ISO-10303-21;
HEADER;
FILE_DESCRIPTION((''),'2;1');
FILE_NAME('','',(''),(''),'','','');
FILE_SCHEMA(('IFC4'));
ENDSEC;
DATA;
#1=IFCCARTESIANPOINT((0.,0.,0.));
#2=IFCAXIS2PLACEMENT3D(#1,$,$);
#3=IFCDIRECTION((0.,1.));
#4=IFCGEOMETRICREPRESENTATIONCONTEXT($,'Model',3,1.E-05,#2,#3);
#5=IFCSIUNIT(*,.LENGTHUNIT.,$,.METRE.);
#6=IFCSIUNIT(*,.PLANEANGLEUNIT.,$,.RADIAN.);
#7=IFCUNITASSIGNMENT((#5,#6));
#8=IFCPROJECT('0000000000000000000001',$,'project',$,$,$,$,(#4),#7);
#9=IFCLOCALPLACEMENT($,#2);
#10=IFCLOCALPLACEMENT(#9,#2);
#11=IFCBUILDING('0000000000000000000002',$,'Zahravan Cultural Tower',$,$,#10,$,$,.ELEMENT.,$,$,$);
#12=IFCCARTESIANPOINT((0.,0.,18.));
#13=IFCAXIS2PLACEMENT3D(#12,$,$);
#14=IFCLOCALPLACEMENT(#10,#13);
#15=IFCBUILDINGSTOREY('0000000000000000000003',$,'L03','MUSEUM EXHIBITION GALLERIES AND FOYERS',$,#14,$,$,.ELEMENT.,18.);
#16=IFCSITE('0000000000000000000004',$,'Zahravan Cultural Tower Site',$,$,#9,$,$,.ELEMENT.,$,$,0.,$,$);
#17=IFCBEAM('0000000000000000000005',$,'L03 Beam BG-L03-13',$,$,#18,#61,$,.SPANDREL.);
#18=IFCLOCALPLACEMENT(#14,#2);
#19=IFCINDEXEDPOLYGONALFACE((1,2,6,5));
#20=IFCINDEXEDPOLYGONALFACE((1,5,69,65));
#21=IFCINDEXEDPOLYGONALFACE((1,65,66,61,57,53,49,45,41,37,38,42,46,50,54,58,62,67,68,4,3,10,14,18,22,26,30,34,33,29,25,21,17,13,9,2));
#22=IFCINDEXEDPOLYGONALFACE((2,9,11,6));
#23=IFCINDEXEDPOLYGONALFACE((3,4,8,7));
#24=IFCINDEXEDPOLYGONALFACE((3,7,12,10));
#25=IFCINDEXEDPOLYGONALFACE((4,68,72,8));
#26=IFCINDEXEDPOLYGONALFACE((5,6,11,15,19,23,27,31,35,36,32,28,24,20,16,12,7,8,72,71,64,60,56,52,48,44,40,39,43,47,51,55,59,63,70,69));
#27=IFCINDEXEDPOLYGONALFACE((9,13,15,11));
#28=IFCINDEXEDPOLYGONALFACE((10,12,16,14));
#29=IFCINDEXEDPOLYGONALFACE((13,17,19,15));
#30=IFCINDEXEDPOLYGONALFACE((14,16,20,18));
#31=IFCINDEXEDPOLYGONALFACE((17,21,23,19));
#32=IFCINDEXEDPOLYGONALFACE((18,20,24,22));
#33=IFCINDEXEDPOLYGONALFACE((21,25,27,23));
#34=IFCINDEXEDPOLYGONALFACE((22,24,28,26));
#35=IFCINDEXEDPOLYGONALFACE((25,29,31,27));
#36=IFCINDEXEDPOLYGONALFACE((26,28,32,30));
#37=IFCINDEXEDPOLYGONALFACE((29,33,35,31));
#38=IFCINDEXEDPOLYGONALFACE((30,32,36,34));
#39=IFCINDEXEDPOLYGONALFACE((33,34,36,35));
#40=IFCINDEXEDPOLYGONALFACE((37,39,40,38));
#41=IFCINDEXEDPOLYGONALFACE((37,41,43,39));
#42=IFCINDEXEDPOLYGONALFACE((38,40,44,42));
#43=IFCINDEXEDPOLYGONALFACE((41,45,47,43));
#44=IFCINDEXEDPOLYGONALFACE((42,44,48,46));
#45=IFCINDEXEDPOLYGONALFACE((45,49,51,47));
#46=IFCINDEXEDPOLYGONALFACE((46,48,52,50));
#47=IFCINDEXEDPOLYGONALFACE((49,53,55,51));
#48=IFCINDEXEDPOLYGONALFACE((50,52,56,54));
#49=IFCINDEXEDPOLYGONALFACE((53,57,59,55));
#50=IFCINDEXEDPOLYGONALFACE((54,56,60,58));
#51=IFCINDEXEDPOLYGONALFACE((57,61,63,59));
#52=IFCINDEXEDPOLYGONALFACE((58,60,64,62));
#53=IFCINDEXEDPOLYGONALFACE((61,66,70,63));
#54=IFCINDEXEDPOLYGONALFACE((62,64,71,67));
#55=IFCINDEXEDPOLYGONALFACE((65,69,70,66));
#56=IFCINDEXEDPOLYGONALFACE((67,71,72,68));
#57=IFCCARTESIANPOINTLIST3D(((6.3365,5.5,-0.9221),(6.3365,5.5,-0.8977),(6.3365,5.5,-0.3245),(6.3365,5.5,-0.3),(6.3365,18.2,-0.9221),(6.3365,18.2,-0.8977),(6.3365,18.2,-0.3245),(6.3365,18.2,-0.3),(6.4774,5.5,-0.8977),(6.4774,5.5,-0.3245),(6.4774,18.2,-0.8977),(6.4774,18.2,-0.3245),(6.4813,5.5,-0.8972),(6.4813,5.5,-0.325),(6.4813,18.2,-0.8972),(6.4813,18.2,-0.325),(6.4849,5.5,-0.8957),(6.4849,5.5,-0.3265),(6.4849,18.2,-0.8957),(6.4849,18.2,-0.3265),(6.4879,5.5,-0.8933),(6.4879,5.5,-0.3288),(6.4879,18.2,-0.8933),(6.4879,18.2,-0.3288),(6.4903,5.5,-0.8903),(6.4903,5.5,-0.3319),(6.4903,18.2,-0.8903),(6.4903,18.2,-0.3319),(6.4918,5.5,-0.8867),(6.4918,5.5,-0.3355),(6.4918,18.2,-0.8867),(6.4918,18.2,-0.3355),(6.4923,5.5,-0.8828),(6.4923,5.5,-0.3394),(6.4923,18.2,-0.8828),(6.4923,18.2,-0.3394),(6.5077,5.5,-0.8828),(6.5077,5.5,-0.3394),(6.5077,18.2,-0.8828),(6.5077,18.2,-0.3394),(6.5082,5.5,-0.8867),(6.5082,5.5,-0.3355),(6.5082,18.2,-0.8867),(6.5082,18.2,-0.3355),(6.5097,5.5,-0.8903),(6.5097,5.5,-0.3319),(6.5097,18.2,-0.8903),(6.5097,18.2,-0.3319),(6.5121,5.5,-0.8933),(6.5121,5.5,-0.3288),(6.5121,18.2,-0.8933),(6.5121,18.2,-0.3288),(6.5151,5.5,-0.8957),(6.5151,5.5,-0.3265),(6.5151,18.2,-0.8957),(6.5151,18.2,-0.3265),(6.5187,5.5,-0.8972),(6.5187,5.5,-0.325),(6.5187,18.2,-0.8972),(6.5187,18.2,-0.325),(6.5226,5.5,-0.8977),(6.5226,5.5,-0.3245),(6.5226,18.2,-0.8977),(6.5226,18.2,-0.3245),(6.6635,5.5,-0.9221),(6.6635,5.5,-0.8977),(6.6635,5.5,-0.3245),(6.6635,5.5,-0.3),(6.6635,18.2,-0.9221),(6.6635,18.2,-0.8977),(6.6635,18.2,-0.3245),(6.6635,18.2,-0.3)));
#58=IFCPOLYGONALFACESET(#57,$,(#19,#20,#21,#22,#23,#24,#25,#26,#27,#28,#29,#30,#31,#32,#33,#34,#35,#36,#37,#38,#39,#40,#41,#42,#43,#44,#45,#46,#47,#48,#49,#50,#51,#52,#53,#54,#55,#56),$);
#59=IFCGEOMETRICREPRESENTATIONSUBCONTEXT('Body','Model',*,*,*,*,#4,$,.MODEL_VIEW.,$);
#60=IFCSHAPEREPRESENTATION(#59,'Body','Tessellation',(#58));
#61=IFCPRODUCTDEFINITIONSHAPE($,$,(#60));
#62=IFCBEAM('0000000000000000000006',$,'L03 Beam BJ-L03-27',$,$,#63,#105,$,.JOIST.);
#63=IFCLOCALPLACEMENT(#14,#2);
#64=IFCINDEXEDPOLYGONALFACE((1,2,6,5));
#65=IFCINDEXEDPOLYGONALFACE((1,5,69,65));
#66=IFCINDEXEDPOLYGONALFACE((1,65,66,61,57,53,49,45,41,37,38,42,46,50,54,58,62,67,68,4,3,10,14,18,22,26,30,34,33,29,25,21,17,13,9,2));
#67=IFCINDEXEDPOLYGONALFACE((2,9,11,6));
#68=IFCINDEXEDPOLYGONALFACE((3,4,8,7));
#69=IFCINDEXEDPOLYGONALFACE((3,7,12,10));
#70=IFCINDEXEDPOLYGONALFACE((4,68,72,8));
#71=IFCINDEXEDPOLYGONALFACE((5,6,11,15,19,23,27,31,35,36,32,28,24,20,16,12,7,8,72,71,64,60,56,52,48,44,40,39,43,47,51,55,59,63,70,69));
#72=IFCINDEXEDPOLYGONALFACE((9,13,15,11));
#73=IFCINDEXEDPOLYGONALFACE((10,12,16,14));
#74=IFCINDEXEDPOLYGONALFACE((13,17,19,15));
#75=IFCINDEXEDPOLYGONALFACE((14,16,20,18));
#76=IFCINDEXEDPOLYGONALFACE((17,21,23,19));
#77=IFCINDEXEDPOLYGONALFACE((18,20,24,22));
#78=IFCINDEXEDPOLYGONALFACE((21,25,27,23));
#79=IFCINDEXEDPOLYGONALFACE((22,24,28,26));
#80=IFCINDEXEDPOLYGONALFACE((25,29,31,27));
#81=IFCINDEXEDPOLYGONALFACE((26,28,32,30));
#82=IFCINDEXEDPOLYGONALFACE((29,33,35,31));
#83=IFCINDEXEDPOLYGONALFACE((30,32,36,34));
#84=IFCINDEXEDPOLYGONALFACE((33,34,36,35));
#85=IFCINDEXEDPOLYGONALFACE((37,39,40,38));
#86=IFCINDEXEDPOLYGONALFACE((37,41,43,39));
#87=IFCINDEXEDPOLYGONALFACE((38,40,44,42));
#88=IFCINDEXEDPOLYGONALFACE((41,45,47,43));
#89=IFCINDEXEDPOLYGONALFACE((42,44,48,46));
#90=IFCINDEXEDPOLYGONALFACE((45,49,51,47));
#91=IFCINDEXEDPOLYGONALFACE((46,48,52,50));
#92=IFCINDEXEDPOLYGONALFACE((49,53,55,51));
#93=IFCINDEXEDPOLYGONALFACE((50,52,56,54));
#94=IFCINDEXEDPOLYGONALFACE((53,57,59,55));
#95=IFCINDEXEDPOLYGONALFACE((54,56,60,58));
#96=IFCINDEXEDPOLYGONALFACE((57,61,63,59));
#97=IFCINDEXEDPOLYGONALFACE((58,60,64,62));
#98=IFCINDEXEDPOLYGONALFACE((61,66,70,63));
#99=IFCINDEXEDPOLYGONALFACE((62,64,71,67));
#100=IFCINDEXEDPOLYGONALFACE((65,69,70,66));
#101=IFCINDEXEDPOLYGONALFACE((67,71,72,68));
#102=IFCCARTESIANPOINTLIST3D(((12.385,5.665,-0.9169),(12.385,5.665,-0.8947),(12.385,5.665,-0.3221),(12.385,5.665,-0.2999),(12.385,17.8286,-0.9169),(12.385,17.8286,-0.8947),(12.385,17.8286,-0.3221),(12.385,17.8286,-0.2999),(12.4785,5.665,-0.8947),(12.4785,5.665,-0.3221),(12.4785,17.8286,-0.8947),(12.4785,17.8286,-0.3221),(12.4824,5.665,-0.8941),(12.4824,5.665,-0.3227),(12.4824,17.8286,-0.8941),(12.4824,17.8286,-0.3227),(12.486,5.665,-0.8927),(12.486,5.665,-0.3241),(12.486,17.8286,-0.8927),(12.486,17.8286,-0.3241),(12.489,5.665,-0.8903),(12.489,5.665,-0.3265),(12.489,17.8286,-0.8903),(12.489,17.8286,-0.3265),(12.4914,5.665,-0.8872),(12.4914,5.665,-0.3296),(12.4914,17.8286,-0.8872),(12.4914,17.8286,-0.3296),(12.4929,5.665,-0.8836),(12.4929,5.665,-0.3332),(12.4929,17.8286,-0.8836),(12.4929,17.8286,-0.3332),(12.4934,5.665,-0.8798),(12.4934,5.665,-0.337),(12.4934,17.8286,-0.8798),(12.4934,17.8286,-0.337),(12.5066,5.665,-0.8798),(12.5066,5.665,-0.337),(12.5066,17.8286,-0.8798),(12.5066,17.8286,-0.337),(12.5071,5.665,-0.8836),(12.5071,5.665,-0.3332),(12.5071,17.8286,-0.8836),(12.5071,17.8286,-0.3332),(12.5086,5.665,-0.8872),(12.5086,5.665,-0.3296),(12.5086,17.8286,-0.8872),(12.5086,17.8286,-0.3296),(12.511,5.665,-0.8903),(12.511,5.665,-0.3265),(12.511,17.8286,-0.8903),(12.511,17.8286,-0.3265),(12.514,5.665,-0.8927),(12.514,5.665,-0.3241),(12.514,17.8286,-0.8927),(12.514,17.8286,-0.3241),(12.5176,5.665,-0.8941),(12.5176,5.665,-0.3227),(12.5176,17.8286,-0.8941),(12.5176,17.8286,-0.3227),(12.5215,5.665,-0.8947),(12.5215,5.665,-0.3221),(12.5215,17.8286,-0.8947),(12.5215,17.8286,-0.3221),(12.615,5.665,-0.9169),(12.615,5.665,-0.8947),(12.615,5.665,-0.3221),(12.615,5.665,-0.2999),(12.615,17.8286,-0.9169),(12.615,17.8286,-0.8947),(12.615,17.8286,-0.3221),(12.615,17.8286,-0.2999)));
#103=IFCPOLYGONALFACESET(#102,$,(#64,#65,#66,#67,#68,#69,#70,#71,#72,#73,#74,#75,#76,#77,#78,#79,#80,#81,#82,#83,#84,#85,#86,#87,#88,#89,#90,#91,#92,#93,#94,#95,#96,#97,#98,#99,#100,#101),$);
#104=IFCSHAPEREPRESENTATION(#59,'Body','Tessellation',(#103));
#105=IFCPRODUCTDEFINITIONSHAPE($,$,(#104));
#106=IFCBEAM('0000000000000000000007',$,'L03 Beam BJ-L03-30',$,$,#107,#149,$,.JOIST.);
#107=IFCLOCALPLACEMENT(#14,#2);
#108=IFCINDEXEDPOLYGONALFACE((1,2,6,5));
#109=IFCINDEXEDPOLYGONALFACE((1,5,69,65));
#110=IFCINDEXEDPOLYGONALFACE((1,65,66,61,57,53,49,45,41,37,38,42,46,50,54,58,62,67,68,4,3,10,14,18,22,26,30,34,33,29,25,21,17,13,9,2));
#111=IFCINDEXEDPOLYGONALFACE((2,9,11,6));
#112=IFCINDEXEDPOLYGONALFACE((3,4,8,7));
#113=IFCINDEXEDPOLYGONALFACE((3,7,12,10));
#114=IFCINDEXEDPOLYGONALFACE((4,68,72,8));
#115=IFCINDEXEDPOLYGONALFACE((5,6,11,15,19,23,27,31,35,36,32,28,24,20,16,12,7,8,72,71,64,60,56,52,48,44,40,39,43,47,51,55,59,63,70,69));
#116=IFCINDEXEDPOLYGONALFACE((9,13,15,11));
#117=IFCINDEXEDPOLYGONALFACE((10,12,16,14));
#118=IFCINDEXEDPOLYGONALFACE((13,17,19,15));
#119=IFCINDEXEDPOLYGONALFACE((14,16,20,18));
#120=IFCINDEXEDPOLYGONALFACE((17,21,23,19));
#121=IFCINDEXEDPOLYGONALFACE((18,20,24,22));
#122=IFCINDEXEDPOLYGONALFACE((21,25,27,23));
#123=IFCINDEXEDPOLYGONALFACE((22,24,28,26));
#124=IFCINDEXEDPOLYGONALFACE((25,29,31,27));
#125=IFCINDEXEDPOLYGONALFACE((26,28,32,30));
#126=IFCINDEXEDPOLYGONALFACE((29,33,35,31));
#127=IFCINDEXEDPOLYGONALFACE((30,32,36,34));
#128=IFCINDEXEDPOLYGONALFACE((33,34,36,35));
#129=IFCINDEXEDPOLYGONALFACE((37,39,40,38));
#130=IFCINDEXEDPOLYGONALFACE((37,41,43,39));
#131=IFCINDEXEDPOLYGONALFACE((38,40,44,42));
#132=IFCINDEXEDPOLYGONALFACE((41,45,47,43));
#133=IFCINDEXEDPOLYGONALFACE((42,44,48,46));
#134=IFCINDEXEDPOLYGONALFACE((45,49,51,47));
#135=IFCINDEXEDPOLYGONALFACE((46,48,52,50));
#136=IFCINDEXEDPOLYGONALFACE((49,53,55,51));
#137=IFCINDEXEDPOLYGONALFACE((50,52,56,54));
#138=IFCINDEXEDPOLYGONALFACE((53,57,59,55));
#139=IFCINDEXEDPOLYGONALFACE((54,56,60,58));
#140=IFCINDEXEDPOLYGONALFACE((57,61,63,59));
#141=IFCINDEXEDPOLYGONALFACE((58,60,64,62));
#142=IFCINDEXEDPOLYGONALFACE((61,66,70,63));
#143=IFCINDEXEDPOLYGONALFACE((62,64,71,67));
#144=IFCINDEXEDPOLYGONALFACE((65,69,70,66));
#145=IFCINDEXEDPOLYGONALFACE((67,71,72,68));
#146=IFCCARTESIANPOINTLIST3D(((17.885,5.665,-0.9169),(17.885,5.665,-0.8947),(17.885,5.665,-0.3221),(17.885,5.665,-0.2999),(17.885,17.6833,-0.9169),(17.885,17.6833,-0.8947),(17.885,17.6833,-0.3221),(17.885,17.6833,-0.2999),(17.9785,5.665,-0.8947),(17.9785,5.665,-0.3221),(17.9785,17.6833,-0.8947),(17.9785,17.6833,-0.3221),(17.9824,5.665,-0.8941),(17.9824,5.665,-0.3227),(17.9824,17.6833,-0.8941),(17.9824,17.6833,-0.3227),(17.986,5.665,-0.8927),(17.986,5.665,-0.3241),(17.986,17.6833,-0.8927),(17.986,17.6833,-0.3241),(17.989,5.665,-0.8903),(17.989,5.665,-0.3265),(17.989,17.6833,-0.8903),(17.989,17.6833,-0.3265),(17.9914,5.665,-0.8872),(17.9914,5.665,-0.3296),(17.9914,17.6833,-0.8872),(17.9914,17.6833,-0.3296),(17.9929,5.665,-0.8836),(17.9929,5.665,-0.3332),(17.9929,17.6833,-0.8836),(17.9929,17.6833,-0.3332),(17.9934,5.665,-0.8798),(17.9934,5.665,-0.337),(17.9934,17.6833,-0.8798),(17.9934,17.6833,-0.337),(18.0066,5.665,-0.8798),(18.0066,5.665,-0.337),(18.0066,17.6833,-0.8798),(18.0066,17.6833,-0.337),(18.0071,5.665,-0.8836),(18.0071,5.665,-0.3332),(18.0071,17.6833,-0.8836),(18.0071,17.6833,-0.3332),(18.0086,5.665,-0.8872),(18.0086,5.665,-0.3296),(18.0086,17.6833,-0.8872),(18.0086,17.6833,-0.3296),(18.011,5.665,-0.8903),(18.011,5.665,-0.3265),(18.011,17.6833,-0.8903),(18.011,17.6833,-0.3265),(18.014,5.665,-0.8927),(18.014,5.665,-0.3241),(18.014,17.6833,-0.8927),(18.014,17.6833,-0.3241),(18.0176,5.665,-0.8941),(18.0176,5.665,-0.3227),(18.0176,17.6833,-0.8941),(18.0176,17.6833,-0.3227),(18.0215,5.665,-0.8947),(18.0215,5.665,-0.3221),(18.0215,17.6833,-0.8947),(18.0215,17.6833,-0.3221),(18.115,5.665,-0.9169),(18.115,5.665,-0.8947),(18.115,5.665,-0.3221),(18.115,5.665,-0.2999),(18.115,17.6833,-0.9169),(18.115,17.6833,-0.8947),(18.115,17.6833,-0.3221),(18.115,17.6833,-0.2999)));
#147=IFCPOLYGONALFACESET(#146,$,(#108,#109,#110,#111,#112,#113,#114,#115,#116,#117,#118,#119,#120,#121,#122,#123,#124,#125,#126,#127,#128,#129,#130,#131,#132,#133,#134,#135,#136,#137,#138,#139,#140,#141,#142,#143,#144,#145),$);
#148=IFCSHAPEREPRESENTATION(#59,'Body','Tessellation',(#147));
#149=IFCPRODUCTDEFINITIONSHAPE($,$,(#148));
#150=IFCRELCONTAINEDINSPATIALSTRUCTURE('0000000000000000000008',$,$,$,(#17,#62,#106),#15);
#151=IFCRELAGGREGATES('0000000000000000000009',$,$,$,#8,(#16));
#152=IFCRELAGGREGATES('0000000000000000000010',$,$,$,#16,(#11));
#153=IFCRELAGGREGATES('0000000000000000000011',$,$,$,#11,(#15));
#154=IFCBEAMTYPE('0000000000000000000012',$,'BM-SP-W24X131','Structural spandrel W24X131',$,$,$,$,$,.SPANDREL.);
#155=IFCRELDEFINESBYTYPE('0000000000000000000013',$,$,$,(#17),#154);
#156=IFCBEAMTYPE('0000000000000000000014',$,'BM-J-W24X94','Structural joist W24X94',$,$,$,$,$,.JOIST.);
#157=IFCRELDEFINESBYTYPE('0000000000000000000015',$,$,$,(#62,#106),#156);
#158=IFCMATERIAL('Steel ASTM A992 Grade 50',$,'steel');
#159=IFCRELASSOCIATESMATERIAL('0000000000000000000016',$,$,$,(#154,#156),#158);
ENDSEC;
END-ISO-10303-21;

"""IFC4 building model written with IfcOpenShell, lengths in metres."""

from ifc_helpers import new_model, si_unit, direction, frame, origin, origin_2d, place, context, subcontext, project, spatial, i_section, extrude, source, transform, mapped, material, material_profile, profile_set, type_object, element, save


model = new_model("IFC4")

# Units and contexts
model_context = context("Model", 3, precision=1e-05, world=origin(), true_north=direction((0.0, 1.0)))
body_context = subcontext(model_context, "Body", "Model", "MODEL_VIEW")
ifc_project = project(units=[si_unit("LENGTHUNIT", "METRE"), si_unit("PLANEANGLEUNIT", "RADIAN")], contexts=[model_context])

# Site, building, storey
site_placement = place(None, origin())
site = spatial("IfcSite", under=ifc_project, at=site_placement, Name="Zahravan Cultural Tower Site", CompositionType="ELEMENT", RefElevation=0.0)
building_placement = place(site_placement, origin())
building = spatial("IfcBuilding", under=site, at=building_placement, Name="Zahravan Cultural Tower", CompositionType="ELEMENT")
storey_placement = place(building_placement, frame((0.0, 0.0, 18.0)))
storey = spatial("IfcBuildingStorey", under=building, at=storey_placement, Name="L03", Description="MUSEUM EXHIBITION GALLERIES AND FOYERS", CompositionType="ELEMENT", Elevation=18.0)

# Beams
ifc_material_1 = material(Name="Steel ASTM A992 Grade 50", Category="steel")
ifc_material_profile_1 = material_profile(ifc_material_1, i_section(OverallWidth=0.3269, OverallDepth=0.6221, WebThickness=0.0154, FlangeThickness=0.0244, FilletRadius=0.0149, at=origin_2d()), Name="W24X131")
ifc_profile_set_1 = profile_set([ifc_material_profile_1], Name="Steel ASTM A992 Grade 50")
beam_type_1 = type_object("IfcBeamType", Name="BM-SP-W24X131", Description="Structural spandrel W24X131", PredefinedType="SPANDREL", material=ifc_profile_set_1)
shared_shape_1 = source(origin(), body_context, "Body", "SweptSolid", [
    extrude(i_section(OverallWidth=0.3269, OverallDepth=0.6221, WebThickness=0.0154, FlangeThickness=0.0244, FilletRadius=0.0149, at=origin_2d()), origin(), (0.0, 0.0, 1.0), 12.7),
])
beam_1_placement = place(storey_placement, frame((6.5, 5.5, -0.6111), z_axis=(0.0, 1.0, 0.0), x_axis=(-1.0, 0.0, 0.0)))
element("IfcBeam", 1, at=beam_1_placement, inside=storey, type_object=beam_type_1, Name="L03 Beam BG-L03-13", PredefinedType="SPANDREL", context=body_context, shape_type="MappedRepresentation", body=[
    mapped(shared_shape_1, transform((0.0, 0.0, 0.0), x_axis=(1.0, 0.0, 0.0), y_axis=(0.0, 1.0, 0.0), z_axis=(0.0, 0.0, 1.0), scale=1.0)),
])
ifc_material_profile_2 = material_profile(ifc_material_1, i_section(OverallWidth=0.23, OverallDepth=0.6169, WebThickness=0.0132, FlangeThickness=0.0222, FilletRadius=0.0149, at=origin_2d()), Name="W24X94")
ifc_profile_set_2 = profile_set([ifc_material_profile_2], Name="Steel ASTM A992 Grade 50")
beam_type_2 = type_object("IfcBeamType", Name="BM-J-W24X94", Description="Structural joist W24X94", PredefinedType="JOIST", material=ifc_profile_set_2)
shared_shape_2 = source(origin(), body_context, "Body", "SweptSolid", [
    extrude(i_section(OverallWidth=0.23, OverallDepth=0.6169, WebThickness=0.0132, FlangeThickness=0.0222, FilletRadius=0.0149, at=origin_2d()), origin(), (0.0, 0.0, 1.0), 12.1636),
])
beam_2_placement = place(storey_placement, frame((12.5, 5.665, -0.6084), z_axis=(0.0, 1.0, 0.0), x_axis=(-1.0, 0.0, 0.0)))
element("IfcBeam", 2, at=beam_2_placement, inside=storey, type_object=beam_type_2, Name="L03 Beam BJ-L03-27", PredefinedType="JOIST", context=body_context, shape_type="MappedRepresentation", body=[
    mapped(shared_shape_2, transform((0.0, 0.0, 0.0), x_axis=(1.0, 0.0, 0.0), y_axis=(0.0, 1.0, 0.0), z_axis=(0.0, 0.0, 1.0), scale=1.0)),
])
shared_shape_3 = source(origin(), body_context, "Body", "SweptSolid", [
    extrude(i_section(OverallWidth=0.23, OverallDepth=0.6169, WebThickness=0.0132, FlangeThickness=0.0222, FilletRadius=0.0149, at=origin_2d()), origin(), (0.0, 0.0, 1.0), 12.0183),
])
beam_3_placement = place(storey_placement, frame((18.0, 5.665, -0.6084), z_axis=(0.0, 1.0, 0.0), x_axis=(-1.0, 0.0, 0.0)))
element("IfcBeam", 3, at=beam_3_placement, inside=storey, type_object=beam_type_2, Name="L03 Beam BJ-L03-30", PredefinedType="JOIST", context=body_context, shape_type="MappedRepresentation", body=[
    mapped(shared_shape_3, transform((0.0, 0.0, 0.0), x_axis=(1.0, 0.0, 0.0), y_axis=(0.0, 1.0, 0.0), z_axis=(0.0, 0.0, 1.0), scale=1.0)),
])

save(model, "model.ifc")
